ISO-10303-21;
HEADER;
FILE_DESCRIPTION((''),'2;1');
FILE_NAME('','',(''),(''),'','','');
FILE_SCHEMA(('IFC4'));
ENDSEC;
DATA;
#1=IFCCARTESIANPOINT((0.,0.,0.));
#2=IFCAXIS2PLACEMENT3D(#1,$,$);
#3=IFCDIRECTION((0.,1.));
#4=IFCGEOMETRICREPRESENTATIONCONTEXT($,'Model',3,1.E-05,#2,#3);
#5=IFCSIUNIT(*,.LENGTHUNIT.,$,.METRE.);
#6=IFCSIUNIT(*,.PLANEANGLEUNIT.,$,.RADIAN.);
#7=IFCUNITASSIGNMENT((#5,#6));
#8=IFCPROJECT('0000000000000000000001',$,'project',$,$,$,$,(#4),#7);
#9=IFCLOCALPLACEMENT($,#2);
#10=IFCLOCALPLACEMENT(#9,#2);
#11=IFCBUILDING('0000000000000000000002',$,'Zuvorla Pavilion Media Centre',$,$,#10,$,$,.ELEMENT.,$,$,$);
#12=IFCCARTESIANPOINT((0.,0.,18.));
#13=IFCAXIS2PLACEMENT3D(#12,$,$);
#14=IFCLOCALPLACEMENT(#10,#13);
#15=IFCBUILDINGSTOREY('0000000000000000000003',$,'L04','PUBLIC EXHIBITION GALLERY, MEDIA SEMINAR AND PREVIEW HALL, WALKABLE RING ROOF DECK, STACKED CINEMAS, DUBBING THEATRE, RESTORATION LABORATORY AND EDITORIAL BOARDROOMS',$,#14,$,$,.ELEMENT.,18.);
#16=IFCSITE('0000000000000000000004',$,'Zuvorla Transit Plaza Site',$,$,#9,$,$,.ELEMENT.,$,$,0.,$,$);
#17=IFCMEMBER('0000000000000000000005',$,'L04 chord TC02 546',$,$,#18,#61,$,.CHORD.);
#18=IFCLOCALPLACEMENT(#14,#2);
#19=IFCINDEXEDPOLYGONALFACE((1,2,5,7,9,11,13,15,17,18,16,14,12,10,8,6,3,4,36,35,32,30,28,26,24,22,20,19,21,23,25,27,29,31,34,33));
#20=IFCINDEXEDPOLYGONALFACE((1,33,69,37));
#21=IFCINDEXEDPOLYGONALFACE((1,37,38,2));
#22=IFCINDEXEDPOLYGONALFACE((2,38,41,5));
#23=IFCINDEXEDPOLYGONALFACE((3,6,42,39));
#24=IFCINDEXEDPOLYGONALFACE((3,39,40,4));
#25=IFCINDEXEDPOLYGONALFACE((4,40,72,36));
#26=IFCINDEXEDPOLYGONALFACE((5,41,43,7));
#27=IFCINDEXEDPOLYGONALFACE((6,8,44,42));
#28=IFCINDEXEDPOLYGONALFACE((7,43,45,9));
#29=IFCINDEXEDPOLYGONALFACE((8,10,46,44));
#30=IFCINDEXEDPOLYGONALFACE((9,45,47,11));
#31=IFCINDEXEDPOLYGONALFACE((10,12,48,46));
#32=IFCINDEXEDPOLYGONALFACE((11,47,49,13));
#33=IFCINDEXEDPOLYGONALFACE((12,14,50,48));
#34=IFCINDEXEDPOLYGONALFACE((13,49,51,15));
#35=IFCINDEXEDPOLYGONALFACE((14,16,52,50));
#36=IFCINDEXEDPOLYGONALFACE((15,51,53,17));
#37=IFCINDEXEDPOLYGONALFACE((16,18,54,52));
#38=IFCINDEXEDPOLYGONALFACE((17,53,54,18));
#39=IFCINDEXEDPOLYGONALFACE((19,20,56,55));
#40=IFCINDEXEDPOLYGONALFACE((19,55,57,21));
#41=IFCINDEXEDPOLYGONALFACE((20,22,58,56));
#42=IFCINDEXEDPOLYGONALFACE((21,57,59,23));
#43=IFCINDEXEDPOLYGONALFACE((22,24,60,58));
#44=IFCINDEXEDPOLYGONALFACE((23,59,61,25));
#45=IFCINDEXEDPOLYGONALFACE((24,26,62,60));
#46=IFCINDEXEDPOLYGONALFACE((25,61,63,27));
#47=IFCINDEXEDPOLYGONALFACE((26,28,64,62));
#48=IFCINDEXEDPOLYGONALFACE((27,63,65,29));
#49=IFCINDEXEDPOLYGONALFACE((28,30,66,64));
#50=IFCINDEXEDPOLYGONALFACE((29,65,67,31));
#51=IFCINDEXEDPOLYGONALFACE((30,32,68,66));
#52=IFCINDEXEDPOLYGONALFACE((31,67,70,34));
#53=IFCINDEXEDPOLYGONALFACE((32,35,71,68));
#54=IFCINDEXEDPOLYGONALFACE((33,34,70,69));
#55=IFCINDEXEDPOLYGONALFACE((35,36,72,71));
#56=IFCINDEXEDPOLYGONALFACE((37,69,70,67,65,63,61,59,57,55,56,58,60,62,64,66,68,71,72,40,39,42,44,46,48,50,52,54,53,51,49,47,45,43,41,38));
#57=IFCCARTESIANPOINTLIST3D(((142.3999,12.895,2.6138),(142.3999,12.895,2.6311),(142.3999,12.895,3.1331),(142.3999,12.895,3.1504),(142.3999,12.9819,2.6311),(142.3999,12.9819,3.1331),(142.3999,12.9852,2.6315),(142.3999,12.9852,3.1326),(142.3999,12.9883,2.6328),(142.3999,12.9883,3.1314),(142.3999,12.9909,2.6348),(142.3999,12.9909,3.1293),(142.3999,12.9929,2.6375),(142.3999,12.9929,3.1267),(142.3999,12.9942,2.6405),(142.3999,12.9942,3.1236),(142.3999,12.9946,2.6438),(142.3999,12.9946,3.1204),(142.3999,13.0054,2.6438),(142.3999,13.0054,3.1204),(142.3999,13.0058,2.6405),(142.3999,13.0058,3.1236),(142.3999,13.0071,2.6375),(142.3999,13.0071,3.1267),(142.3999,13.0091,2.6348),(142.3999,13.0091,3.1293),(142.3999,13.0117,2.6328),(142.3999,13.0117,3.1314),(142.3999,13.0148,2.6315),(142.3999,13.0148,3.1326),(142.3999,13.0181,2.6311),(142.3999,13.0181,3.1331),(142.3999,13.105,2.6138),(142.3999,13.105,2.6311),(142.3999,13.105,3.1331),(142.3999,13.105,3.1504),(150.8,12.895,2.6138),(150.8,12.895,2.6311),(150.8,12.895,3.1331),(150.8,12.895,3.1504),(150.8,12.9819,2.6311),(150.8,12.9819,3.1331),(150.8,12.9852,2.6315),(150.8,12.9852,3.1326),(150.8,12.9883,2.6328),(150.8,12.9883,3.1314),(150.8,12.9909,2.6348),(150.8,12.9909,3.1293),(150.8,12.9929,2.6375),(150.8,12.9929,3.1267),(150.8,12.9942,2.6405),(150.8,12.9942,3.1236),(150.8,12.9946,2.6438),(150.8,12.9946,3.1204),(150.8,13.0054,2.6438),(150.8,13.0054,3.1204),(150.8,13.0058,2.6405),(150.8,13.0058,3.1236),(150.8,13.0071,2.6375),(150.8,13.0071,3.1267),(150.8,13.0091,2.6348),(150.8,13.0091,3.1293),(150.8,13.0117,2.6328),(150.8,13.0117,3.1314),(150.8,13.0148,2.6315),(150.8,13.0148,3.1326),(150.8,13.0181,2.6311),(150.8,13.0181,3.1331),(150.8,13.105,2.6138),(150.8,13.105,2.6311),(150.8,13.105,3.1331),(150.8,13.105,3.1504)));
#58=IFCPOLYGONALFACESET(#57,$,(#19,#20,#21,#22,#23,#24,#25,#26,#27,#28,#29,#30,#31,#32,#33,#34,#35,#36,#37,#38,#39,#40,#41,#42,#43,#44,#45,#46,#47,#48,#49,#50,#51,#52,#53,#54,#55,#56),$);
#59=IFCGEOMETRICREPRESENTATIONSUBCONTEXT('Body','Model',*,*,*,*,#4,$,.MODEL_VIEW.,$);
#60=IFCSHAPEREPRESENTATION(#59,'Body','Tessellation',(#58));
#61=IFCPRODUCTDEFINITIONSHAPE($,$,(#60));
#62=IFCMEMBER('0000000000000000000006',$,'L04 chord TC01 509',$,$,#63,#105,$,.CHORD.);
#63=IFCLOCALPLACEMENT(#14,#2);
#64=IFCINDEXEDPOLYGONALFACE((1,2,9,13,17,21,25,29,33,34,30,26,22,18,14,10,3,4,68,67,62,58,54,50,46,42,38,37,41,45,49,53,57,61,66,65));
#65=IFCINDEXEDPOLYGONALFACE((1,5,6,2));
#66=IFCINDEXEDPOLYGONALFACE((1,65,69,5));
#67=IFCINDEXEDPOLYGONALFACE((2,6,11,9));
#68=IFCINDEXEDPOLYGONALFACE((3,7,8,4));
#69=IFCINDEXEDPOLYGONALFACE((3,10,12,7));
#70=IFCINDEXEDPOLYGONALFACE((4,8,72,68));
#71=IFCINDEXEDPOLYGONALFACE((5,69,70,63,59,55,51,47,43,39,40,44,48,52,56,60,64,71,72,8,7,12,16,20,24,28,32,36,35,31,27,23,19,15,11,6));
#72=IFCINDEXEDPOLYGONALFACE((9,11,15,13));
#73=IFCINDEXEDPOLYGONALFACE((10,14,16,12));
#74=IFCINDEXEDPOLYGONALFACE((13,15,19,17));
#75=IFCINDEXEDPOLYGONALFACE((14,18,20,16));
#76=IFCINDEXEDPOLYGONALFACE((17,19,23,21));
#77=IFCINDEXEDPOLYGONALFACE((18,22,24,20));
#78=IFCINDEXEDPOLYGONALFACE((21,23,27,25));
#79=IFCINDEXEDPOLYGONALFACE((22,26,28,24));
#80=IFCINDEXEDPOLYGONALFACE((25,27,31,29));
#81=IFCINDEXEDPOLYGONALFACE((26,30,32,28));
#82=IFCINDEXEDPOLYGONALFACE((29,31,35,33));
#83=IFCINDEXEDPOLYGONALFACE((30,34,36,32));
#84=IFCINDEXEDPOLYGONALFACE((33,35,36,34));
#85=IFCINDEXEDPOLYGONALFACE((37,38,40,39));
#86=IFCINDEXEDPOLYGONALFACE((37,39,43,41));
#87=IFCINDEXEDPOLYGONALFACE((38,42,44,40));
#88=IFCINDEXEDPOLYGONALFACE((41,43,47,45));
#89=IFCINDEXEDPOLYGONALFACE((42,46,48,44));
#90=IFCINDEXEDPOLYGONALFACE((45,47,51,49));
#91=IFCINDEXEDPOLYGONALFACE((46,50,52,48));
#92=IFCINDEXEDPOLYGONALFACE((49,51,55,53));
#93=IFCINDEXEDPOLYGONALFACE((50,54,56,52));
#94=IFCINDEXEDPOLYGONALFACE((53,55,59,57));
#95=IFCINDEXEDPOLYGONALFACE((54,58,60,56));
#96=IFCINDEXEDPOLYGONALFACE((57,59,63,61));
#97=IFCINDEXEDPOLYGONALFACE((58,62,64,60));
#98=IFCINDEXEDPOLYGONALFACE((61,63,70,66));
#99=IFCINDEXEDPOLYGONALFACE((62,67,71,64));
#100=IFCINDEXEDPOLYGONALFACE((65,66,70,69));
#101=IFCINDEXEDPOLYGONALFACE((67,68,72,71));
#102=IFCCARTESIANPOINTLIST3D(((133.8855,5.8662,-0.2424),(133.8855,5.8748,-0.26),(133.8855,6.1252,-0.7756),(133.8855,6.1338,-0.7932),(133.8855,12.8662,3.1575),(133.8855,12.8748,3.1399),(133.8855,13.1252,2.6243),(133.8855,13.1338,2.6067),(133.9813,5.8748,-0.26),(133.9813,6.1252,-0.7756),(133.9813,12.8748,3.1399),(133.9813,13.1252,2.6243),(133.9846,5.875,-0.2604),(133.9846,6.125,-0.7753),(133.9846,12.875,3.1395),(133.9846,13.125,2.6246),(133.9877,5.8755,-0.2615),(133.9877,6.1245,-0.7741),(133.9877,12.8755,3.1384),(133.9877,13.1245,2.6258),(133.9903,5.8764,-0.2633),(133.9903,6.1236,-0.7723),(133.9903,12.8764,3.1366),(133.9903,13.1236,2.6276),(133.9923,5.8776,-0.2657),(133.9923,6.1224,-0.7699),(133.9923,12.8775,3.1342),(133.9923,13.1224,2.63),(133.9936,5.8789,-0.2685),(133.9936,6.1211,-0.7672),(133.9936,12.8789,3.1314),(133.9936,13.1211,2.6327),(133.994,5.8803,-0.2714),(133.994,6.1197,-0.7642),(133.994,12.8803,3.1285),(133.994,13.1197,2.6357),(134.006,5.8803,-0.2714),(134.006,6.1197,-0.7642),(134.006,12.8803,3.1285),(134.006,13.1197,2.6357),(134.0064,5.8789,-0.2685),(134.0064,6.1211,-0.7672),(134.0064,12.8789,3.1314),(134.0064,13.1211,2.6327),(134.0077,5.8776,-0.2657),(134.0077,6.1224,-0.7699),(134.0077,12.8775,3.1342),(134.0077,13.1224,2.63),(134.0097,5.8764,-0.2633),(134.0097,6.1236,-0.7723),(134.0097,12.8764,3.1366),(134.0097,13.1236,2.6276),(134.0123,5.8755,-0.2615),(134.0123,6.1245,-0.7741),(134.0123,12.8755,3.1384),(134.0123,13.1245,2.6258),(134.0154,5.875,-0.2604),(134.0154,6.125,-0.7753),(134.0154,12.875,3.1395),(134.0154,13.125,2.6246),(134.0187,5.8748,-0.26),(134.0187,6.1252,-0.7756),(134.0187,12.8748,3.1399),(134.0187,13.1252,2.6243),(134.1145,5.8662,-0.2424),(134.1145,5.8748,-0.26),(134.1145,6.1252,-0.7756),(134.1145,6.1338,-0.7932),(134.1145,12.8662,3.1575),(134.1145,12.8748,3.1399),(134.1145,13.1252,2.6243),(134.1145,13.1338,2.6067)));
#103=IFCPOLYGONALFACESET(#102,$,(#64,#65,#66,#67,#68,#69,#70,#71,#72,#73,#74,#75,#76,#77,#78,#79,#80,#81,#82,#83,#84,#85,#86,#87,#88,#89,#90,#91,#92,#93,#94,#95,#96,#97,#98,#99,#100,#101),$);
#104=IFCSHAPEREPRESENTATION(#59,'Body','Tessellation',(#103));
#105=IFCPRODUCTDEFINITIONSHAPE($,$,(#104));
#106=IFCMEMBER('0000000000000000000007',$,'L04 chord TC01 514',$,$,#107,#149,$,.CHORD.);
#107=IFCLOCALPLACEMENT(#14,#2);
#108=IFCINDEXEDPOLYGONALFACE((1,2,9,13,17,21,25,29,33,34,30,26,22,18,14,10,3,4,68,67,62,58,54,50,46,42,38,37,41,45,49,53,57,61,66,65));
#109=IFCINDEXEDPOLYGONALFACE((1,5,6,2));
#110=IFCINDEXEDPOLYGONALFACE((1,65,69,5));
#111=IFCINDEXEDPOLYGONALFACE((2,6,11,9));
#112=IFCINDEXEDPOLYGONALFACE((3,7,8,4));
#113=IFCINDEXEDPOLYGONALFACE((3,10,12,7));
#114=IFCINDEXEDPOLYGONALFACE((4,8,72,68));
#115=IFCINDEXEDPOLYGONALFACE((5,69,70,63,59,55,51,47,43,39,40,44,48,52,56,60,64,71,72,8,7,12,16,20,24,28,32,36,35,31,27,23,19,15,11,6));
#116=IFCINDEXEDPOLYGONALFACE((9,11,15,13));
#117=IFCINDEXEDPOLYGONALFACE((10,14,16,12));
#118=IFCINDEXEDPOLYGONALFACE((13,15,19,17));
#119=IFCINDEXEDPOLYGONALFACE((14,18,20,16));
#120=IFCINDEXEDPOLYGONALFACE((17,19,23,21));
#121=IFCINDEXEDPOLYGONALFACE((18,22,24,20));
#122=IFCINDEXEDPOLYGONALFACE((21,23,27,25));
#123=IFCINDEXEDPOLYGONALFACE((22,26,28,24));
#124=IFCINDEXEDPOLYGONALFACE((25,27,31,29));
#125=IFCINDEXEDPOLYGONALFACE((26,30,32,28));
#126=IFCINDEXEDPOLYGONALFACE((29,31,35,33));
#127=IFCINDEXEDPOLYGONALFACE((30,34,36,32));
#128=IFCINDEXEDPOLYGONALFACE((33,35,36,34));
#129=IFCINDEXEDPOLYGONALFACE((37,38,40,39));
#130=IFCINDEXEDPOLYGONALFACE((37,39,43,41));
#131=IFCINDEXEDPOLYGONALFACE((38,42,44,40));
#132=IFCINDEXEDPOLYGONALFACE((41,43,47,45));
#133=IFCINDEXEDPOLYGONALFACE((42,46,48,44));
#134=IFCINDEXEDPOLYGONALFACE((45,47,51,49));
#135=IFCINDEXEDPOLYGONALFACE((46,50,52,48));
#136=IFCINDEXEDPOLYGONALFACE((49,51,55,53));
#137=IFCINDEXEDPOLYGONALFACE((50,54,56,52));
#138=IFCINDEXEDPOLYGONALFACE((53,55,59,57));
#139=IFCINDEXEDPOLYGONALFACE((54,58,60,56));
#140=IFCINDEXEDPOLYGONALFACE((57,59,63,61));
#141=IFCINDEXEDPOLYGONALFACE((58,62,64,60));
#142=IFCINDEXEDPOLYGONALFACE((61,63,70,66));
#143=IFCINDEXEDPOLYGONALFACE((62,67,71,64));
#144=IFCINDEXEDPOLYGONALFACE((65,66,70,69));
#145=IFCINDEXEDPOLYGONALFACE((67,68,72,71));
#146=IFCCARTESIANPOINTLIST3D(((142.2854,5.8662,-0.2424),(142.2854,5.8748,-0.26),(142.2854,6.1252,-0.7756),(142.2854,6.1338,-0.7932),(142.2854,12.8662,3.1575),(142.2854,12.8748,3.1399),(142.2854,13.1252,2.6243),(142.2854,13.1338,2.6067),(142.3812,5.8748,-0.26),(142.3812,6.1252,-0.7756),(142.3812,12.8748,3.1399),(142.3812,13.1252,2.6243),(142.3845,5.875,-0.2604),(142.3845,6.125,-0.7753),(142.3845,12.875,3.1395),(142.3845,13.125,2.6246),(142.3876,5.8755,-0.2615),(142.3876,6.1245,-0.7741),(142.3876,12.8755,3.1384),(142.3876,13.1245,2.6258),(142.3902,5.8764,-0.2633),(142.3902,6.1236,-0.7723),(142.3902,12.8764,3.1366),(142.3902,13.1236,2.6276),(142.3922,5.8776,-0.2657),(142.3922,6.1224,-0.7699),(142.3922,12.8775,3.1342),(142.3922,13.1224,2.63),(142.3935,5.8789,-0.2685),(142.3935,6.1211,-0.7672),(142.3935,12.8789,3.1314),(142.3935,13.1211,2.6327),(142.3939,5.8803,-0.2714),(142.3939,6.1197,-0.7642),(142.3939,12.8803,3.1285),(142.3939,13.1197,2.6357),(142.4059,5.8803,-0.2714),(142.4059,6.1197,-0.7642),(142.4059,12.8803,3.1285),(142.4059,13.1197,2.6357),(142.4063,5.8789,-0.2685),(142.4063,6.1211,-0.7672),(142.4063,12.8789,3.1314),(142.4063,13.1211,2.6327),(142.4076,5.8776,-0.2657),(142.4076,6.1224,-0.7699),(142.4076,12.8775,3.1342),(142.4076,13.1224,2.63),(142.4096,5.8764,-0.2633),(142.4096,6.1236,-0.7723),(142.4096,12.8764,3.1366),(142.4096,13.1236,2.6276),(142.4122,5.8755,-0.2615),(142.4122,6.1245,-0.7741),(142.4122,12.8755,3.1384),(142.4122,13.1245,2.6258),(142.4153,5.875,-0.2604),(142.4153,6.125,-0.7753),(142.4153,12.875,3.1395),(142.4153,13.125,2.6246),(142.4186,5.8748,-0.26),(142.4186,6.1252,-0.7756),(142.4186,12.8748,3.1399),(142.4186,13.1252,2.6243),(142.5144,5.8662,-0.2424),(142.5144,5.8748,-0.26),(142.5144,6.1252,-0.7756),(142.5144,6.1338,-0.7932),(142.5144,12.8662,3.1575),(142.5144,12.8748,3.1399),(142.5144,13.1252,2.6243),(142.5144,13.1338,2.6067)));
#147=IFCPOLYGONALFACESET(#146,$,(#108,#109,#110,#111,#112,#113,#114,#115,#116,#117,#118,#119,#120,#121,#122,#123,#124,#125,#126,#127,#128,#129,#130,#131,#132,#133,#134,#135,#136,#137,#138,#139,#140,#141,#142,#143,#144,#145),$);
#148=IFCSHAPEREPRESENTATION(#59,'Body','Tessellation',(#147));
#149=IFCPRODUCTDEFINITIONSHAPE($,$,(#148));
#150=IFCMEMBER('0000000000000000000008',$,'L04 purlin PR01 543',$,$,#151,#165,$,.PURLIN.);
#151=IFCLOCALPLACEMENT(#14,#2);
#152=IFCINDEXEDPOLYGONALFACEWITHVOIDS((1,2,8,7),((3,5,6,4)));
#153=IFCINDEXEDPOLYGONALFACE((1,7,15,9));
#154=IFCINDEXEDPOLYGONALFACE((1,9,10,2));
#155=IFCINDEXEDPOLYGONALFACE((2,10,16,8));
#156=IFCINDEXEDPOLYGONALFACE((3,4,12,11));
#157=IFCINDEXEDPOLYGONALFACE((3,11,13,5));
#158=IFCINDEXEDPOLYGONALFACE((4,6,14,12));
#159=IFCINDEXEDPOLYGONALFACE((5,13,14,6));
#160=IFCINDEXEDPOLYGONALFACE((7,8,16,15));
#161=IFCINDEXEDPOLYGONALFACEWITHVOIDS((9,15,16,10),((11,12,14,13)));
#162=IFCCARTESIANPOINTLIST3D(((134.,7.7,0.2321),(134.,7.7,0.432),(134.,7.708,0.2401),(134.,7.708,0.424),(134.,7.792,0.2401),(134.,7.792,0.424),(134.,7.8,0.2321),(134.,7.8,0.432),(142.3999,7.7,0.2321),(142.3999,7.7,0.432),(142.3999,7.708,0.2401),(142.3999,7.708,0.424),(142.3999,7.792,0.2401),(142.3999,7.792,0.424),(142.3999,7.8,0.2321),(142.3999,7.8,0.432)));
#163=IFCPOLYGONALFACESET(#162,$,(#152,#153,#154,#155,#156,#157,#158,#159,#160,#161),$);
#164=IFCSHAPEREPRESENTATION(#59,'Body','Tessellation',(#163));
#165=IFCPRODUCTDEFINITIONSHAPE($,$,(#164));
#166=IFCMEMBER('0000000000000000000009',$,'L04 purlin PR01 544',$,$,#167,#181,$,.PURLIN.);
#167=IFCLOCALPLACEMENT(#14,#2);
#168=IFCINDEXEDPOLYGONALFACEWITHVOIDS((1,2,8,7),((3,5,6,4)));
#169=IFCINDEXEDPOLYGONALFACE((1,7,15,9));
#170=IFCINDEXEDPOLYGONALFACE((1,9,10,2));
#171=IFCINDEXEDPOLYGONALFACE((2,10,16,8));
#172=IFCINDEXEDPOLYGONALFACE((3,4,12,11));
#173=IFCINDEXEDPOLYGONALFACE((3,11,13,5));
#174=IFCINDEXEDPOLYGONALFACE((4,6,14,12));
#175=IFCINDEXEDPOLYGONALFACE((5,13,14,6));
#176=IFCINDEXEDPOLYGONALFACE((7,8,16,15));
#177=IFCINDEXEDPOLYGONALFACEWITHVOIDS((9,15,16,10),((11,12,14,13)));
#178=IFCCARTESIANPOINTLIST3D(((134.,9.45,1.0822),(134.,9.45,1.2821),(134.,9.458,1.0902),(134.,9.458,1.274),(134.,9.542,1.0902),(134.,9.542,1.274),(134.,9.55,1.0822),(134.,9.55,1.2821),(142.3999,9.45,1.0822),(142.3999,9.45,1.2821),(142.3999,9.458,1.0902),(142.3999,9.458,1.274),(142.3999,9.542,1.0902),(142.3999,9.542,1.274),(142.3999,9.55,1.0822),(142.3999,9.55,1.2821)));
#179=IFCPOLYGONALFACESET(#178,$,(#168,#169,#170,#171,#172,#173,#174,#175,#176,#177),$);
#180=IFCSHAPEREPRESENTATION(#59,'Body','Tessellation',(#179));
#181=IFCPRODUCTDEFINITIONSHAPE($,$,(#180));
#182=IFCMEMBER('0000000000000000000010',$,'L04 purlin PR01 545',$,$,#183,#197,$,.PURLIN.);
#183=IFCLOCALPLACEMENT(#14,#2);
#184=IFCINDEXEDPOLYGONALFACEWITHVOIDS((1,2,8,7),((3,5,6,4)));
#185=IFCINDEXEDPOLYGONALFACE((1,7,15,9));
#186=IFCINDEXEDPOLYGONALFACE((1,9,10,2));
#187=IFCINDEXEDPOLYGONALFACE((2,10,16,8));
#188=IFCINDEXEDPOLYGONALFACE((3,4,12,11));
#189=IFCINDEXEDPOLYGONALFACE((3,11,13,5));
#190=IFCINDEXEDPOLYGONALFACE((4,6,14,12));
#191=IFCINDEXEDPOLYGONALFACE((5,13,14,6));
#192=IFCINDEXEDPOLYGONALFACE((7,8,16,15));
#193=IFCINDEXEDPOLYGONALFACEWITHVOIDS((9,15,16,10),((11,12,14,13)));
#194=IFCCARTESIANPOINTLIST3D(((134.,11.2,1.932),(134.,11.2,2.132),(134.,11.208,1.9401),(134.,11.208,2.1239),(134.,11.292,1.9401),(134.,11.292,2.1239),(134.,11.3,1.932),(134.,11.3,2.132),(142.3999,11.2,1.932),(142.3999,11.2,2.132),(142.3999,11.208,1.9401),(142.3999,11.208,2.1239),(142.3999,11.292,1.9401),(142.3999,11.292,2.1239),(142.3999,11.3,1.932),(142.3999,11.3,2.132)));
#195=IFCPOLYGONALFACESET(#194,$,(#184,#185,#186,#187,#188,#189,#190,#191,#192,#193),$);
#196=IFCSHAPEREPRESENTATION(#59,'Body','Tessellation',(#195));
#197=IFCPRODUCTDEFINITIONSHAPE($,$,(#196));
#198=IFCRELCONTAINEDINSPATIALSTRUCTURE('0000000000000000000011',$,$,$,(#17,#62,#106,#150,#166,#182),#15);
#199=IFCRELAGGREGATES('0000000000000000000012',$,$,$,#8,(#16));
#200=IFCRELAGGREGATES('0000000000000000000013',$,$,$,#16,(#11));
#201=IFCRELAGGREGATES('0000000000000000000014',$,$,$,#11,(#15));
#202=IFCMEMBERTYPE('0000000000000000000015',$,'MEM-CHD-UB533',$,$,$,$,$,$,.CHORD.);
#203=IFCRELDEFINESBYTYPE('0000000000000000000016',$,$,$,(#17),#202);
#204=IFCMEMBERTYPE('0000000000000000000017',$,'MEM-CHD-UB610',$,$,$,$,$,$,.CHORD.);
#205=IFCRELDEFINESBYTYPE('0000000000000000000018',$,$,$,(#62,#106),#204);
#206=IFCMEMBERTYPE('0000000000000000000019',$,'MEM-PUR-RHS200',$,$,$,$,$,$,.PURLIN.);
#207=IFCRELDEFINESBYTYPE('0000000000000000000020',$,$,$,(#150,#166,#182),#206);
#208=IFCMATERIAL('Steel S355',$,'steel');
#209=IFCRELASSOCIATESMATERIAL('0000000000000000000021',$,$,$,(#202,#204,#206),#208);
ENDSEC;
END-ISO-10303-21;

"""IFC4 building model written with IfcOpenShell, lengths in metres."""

from ifc_helpers import new_model, si_unit, direction, frame, origin, origin_2d, place, context, subcontext, project, spatial, hollow_rectangle, i_section, extrude, material, material_profile, profile_set, type_object, element, save


model = new_model("IFC4")

# Units and contexts
model_context = context("Model", 3, precision=1e-05, world=origin(), true_north=direction((0.0, 1.0)))
body_context = subcontext(model_context, "Body", "Model", "MODEL_VIEW")
ifc_project = project(units=[si_unit("LENGTHUNIT", "METRE"), si_unit("PLANEANGLEUNIT", "RADIAN")], contexts=[model_context])

# Site, building, storey
site_placement = place(None, origin())
site = spatial("IfcSite", under=ifc_project, at=site_placement, Name="Zuvorla Transit Plaza Site", CompositionType="ELEMENT", RefElevation=0.0)
building_placement = place(site_placement, origin())
building = spatial("IfcBuilding", under=site, at=building_placement, Name="Zuvorla Pavilion Media Centre", CompositionType="ELEMENT")
storey_placement = place(building_placement, frame((0.0, 0.0, 18.0)))
storey = spatial("IfcBuildingStorey", under=building, at=storey_placement, Name="L04", Description="PUBLIC EXHIBITION GALLERY, MEDIA SEMINAR AND PREVIEW HALL, WALKABLE RING ROOF DECK, STACKED CINEMAS, DUBBING THEATRE, RESTORATION LABORATORY AND EDITORIAL BOARDROOMS", CompositionType="ELEMENT", Elevation=18.0)

# Members
ifc_material_1 = material(Name="Steel S355", Category="steel")
ifc_material_profile_1 = material_profile(ifc_material_1, i_section(OverallWidth=0.21, OverallDepth=0.5366, WebThickness=0.0107, FlangeThickness=0.0173, FilletRadius=0.0127, at=origin_2d()), Name="UB 533x210x101")
ifc_profile_set_1 = profile_set([ifc_material_profile_1], Name="Steel S355")
member_type_1 = type_object("IfcMemberType", Name="MEM-CHD-UB533", PredefinedType="CHORD", material=ifc_profile_set_1)
member_1_placement = place(storey_placement, frame((142.3999, 13.0, 2.8821), z_axis=(1.0, 0.0, 0.0), x_axis=(0.0, 1.0, 0.0)))
element("IfcMember", 1, at=member_1_placement, inside=storey, type_object=member_type_1, Name="L04 chord TC02 546", PredefinedType="CHORD", context=body_context, shape_type="SweptSolid", body=[
    extrude(i_section(OverallWidth=0.21, OverallDepth=0.5366, WebThickness=0.0107, FlangeThickness=0.0173, FilletRadius=0.0127, at=origin_2d()), origin(), (0.0, 0.0, 1.0), 8.4001),
])
ifc_material_profile_2 = material_profile(ifc_material_1, i_section(OverallWidth=0.229, OverallDepth=0.6123, WebThickness=0.012, FlangeThickness=0.0195, FilletRadius=0.0127, at=origin_2d()), Name="UB 610x229x125")
ifc_profile_set_2 = profile_set([ifc_material_profile_2], Name="Steel S355")
member_type_2 = type_object("IfcMemberType", Name="MEM-CHD-UB610", PredefinedType="CHORD", material=ifc_profile_set_2)
for number, where, z_axis, x_axis, name in (
    (2, (134.0, 6.0, -0.5178), (0.0, 0.899513, 0.436894), (-1.0, 0.0, 0.0), "L04 chord TC01 509"),
    (3, (142.3999, 6.0, -0.5178), (0.0, 0.899513, 0.436894), (-1.0, 0.0, 0.0), "L04 chord TC01 514"),
):
    element("IfcMember", number, at=place(storey_placement, frame(where, z_axis=z_axis, x_axis=x_axis)), inside=storey, type_object=member_type_2, Name=name, PredefinedType="CHORD", context=body_context, shape_type="SweptSolid", body=[
        extrude(i_section(OverallWidth=0.229, OverallDepth=0.6123, WebThickness=0.012, FlangeThickness=0.0195, FilletRadius=0.0127, at=origin_2d()), origin(), (0.0, 0.0, 1.0), 7.782),
    ])
ifc_material_profile_3 = material_profile(ifc_material_1, hollow_rectangle(XDim=0.1001, YDim=0.2, WallThickness=0.0081, at=origin_2d()), Name="RHS 200x100x8")
ifc_profile_set_3 = profile_set([ifc_material_profile_3], Name="Steel S355")
member_type_3 = type_object("IfcMemberType", Name="MEM-PUR-RHS200", PredefinedType="PURLIN", material=ifc_profile_set_3)
for number, where, z_axis, x_axis, name in (
    (4, (134.0, 7.75, 0.332), (1.0, 0.0, 0.0), (0.0, 1.0, 0.0), "L04 purlin PR01 543"),
    (5, (134.0, 9.5, 1.1821), (1.0, 0.0, 0.0), (0.0, 1.0, 0.0), "L04 purlin PR01 544"),
    (6, (134.0, 11.25, 2.032), (1.0, 0.0, 0.0), (0.0, 1.0, 0.0), "L04 purlin PR01 545"),
):
    element("IfcMember", number, at=place(storey_placement, frame(where, z_axis=z_axis, x_axis=x_axis)), inside=storey, type_object=member_type_3, Name=name, PredefinedType="PURLIN", context=body_context, shape_type="SweptSolid", body=[
        extrude(hollow_rectangle(XDim=0.1001, YDim=0.2, WallThickness=0.0081, at=origin_2d()), origin(), (0.0, 0.0, 1.0), 8.3999),
    ])

save(model, "model.ifc")
